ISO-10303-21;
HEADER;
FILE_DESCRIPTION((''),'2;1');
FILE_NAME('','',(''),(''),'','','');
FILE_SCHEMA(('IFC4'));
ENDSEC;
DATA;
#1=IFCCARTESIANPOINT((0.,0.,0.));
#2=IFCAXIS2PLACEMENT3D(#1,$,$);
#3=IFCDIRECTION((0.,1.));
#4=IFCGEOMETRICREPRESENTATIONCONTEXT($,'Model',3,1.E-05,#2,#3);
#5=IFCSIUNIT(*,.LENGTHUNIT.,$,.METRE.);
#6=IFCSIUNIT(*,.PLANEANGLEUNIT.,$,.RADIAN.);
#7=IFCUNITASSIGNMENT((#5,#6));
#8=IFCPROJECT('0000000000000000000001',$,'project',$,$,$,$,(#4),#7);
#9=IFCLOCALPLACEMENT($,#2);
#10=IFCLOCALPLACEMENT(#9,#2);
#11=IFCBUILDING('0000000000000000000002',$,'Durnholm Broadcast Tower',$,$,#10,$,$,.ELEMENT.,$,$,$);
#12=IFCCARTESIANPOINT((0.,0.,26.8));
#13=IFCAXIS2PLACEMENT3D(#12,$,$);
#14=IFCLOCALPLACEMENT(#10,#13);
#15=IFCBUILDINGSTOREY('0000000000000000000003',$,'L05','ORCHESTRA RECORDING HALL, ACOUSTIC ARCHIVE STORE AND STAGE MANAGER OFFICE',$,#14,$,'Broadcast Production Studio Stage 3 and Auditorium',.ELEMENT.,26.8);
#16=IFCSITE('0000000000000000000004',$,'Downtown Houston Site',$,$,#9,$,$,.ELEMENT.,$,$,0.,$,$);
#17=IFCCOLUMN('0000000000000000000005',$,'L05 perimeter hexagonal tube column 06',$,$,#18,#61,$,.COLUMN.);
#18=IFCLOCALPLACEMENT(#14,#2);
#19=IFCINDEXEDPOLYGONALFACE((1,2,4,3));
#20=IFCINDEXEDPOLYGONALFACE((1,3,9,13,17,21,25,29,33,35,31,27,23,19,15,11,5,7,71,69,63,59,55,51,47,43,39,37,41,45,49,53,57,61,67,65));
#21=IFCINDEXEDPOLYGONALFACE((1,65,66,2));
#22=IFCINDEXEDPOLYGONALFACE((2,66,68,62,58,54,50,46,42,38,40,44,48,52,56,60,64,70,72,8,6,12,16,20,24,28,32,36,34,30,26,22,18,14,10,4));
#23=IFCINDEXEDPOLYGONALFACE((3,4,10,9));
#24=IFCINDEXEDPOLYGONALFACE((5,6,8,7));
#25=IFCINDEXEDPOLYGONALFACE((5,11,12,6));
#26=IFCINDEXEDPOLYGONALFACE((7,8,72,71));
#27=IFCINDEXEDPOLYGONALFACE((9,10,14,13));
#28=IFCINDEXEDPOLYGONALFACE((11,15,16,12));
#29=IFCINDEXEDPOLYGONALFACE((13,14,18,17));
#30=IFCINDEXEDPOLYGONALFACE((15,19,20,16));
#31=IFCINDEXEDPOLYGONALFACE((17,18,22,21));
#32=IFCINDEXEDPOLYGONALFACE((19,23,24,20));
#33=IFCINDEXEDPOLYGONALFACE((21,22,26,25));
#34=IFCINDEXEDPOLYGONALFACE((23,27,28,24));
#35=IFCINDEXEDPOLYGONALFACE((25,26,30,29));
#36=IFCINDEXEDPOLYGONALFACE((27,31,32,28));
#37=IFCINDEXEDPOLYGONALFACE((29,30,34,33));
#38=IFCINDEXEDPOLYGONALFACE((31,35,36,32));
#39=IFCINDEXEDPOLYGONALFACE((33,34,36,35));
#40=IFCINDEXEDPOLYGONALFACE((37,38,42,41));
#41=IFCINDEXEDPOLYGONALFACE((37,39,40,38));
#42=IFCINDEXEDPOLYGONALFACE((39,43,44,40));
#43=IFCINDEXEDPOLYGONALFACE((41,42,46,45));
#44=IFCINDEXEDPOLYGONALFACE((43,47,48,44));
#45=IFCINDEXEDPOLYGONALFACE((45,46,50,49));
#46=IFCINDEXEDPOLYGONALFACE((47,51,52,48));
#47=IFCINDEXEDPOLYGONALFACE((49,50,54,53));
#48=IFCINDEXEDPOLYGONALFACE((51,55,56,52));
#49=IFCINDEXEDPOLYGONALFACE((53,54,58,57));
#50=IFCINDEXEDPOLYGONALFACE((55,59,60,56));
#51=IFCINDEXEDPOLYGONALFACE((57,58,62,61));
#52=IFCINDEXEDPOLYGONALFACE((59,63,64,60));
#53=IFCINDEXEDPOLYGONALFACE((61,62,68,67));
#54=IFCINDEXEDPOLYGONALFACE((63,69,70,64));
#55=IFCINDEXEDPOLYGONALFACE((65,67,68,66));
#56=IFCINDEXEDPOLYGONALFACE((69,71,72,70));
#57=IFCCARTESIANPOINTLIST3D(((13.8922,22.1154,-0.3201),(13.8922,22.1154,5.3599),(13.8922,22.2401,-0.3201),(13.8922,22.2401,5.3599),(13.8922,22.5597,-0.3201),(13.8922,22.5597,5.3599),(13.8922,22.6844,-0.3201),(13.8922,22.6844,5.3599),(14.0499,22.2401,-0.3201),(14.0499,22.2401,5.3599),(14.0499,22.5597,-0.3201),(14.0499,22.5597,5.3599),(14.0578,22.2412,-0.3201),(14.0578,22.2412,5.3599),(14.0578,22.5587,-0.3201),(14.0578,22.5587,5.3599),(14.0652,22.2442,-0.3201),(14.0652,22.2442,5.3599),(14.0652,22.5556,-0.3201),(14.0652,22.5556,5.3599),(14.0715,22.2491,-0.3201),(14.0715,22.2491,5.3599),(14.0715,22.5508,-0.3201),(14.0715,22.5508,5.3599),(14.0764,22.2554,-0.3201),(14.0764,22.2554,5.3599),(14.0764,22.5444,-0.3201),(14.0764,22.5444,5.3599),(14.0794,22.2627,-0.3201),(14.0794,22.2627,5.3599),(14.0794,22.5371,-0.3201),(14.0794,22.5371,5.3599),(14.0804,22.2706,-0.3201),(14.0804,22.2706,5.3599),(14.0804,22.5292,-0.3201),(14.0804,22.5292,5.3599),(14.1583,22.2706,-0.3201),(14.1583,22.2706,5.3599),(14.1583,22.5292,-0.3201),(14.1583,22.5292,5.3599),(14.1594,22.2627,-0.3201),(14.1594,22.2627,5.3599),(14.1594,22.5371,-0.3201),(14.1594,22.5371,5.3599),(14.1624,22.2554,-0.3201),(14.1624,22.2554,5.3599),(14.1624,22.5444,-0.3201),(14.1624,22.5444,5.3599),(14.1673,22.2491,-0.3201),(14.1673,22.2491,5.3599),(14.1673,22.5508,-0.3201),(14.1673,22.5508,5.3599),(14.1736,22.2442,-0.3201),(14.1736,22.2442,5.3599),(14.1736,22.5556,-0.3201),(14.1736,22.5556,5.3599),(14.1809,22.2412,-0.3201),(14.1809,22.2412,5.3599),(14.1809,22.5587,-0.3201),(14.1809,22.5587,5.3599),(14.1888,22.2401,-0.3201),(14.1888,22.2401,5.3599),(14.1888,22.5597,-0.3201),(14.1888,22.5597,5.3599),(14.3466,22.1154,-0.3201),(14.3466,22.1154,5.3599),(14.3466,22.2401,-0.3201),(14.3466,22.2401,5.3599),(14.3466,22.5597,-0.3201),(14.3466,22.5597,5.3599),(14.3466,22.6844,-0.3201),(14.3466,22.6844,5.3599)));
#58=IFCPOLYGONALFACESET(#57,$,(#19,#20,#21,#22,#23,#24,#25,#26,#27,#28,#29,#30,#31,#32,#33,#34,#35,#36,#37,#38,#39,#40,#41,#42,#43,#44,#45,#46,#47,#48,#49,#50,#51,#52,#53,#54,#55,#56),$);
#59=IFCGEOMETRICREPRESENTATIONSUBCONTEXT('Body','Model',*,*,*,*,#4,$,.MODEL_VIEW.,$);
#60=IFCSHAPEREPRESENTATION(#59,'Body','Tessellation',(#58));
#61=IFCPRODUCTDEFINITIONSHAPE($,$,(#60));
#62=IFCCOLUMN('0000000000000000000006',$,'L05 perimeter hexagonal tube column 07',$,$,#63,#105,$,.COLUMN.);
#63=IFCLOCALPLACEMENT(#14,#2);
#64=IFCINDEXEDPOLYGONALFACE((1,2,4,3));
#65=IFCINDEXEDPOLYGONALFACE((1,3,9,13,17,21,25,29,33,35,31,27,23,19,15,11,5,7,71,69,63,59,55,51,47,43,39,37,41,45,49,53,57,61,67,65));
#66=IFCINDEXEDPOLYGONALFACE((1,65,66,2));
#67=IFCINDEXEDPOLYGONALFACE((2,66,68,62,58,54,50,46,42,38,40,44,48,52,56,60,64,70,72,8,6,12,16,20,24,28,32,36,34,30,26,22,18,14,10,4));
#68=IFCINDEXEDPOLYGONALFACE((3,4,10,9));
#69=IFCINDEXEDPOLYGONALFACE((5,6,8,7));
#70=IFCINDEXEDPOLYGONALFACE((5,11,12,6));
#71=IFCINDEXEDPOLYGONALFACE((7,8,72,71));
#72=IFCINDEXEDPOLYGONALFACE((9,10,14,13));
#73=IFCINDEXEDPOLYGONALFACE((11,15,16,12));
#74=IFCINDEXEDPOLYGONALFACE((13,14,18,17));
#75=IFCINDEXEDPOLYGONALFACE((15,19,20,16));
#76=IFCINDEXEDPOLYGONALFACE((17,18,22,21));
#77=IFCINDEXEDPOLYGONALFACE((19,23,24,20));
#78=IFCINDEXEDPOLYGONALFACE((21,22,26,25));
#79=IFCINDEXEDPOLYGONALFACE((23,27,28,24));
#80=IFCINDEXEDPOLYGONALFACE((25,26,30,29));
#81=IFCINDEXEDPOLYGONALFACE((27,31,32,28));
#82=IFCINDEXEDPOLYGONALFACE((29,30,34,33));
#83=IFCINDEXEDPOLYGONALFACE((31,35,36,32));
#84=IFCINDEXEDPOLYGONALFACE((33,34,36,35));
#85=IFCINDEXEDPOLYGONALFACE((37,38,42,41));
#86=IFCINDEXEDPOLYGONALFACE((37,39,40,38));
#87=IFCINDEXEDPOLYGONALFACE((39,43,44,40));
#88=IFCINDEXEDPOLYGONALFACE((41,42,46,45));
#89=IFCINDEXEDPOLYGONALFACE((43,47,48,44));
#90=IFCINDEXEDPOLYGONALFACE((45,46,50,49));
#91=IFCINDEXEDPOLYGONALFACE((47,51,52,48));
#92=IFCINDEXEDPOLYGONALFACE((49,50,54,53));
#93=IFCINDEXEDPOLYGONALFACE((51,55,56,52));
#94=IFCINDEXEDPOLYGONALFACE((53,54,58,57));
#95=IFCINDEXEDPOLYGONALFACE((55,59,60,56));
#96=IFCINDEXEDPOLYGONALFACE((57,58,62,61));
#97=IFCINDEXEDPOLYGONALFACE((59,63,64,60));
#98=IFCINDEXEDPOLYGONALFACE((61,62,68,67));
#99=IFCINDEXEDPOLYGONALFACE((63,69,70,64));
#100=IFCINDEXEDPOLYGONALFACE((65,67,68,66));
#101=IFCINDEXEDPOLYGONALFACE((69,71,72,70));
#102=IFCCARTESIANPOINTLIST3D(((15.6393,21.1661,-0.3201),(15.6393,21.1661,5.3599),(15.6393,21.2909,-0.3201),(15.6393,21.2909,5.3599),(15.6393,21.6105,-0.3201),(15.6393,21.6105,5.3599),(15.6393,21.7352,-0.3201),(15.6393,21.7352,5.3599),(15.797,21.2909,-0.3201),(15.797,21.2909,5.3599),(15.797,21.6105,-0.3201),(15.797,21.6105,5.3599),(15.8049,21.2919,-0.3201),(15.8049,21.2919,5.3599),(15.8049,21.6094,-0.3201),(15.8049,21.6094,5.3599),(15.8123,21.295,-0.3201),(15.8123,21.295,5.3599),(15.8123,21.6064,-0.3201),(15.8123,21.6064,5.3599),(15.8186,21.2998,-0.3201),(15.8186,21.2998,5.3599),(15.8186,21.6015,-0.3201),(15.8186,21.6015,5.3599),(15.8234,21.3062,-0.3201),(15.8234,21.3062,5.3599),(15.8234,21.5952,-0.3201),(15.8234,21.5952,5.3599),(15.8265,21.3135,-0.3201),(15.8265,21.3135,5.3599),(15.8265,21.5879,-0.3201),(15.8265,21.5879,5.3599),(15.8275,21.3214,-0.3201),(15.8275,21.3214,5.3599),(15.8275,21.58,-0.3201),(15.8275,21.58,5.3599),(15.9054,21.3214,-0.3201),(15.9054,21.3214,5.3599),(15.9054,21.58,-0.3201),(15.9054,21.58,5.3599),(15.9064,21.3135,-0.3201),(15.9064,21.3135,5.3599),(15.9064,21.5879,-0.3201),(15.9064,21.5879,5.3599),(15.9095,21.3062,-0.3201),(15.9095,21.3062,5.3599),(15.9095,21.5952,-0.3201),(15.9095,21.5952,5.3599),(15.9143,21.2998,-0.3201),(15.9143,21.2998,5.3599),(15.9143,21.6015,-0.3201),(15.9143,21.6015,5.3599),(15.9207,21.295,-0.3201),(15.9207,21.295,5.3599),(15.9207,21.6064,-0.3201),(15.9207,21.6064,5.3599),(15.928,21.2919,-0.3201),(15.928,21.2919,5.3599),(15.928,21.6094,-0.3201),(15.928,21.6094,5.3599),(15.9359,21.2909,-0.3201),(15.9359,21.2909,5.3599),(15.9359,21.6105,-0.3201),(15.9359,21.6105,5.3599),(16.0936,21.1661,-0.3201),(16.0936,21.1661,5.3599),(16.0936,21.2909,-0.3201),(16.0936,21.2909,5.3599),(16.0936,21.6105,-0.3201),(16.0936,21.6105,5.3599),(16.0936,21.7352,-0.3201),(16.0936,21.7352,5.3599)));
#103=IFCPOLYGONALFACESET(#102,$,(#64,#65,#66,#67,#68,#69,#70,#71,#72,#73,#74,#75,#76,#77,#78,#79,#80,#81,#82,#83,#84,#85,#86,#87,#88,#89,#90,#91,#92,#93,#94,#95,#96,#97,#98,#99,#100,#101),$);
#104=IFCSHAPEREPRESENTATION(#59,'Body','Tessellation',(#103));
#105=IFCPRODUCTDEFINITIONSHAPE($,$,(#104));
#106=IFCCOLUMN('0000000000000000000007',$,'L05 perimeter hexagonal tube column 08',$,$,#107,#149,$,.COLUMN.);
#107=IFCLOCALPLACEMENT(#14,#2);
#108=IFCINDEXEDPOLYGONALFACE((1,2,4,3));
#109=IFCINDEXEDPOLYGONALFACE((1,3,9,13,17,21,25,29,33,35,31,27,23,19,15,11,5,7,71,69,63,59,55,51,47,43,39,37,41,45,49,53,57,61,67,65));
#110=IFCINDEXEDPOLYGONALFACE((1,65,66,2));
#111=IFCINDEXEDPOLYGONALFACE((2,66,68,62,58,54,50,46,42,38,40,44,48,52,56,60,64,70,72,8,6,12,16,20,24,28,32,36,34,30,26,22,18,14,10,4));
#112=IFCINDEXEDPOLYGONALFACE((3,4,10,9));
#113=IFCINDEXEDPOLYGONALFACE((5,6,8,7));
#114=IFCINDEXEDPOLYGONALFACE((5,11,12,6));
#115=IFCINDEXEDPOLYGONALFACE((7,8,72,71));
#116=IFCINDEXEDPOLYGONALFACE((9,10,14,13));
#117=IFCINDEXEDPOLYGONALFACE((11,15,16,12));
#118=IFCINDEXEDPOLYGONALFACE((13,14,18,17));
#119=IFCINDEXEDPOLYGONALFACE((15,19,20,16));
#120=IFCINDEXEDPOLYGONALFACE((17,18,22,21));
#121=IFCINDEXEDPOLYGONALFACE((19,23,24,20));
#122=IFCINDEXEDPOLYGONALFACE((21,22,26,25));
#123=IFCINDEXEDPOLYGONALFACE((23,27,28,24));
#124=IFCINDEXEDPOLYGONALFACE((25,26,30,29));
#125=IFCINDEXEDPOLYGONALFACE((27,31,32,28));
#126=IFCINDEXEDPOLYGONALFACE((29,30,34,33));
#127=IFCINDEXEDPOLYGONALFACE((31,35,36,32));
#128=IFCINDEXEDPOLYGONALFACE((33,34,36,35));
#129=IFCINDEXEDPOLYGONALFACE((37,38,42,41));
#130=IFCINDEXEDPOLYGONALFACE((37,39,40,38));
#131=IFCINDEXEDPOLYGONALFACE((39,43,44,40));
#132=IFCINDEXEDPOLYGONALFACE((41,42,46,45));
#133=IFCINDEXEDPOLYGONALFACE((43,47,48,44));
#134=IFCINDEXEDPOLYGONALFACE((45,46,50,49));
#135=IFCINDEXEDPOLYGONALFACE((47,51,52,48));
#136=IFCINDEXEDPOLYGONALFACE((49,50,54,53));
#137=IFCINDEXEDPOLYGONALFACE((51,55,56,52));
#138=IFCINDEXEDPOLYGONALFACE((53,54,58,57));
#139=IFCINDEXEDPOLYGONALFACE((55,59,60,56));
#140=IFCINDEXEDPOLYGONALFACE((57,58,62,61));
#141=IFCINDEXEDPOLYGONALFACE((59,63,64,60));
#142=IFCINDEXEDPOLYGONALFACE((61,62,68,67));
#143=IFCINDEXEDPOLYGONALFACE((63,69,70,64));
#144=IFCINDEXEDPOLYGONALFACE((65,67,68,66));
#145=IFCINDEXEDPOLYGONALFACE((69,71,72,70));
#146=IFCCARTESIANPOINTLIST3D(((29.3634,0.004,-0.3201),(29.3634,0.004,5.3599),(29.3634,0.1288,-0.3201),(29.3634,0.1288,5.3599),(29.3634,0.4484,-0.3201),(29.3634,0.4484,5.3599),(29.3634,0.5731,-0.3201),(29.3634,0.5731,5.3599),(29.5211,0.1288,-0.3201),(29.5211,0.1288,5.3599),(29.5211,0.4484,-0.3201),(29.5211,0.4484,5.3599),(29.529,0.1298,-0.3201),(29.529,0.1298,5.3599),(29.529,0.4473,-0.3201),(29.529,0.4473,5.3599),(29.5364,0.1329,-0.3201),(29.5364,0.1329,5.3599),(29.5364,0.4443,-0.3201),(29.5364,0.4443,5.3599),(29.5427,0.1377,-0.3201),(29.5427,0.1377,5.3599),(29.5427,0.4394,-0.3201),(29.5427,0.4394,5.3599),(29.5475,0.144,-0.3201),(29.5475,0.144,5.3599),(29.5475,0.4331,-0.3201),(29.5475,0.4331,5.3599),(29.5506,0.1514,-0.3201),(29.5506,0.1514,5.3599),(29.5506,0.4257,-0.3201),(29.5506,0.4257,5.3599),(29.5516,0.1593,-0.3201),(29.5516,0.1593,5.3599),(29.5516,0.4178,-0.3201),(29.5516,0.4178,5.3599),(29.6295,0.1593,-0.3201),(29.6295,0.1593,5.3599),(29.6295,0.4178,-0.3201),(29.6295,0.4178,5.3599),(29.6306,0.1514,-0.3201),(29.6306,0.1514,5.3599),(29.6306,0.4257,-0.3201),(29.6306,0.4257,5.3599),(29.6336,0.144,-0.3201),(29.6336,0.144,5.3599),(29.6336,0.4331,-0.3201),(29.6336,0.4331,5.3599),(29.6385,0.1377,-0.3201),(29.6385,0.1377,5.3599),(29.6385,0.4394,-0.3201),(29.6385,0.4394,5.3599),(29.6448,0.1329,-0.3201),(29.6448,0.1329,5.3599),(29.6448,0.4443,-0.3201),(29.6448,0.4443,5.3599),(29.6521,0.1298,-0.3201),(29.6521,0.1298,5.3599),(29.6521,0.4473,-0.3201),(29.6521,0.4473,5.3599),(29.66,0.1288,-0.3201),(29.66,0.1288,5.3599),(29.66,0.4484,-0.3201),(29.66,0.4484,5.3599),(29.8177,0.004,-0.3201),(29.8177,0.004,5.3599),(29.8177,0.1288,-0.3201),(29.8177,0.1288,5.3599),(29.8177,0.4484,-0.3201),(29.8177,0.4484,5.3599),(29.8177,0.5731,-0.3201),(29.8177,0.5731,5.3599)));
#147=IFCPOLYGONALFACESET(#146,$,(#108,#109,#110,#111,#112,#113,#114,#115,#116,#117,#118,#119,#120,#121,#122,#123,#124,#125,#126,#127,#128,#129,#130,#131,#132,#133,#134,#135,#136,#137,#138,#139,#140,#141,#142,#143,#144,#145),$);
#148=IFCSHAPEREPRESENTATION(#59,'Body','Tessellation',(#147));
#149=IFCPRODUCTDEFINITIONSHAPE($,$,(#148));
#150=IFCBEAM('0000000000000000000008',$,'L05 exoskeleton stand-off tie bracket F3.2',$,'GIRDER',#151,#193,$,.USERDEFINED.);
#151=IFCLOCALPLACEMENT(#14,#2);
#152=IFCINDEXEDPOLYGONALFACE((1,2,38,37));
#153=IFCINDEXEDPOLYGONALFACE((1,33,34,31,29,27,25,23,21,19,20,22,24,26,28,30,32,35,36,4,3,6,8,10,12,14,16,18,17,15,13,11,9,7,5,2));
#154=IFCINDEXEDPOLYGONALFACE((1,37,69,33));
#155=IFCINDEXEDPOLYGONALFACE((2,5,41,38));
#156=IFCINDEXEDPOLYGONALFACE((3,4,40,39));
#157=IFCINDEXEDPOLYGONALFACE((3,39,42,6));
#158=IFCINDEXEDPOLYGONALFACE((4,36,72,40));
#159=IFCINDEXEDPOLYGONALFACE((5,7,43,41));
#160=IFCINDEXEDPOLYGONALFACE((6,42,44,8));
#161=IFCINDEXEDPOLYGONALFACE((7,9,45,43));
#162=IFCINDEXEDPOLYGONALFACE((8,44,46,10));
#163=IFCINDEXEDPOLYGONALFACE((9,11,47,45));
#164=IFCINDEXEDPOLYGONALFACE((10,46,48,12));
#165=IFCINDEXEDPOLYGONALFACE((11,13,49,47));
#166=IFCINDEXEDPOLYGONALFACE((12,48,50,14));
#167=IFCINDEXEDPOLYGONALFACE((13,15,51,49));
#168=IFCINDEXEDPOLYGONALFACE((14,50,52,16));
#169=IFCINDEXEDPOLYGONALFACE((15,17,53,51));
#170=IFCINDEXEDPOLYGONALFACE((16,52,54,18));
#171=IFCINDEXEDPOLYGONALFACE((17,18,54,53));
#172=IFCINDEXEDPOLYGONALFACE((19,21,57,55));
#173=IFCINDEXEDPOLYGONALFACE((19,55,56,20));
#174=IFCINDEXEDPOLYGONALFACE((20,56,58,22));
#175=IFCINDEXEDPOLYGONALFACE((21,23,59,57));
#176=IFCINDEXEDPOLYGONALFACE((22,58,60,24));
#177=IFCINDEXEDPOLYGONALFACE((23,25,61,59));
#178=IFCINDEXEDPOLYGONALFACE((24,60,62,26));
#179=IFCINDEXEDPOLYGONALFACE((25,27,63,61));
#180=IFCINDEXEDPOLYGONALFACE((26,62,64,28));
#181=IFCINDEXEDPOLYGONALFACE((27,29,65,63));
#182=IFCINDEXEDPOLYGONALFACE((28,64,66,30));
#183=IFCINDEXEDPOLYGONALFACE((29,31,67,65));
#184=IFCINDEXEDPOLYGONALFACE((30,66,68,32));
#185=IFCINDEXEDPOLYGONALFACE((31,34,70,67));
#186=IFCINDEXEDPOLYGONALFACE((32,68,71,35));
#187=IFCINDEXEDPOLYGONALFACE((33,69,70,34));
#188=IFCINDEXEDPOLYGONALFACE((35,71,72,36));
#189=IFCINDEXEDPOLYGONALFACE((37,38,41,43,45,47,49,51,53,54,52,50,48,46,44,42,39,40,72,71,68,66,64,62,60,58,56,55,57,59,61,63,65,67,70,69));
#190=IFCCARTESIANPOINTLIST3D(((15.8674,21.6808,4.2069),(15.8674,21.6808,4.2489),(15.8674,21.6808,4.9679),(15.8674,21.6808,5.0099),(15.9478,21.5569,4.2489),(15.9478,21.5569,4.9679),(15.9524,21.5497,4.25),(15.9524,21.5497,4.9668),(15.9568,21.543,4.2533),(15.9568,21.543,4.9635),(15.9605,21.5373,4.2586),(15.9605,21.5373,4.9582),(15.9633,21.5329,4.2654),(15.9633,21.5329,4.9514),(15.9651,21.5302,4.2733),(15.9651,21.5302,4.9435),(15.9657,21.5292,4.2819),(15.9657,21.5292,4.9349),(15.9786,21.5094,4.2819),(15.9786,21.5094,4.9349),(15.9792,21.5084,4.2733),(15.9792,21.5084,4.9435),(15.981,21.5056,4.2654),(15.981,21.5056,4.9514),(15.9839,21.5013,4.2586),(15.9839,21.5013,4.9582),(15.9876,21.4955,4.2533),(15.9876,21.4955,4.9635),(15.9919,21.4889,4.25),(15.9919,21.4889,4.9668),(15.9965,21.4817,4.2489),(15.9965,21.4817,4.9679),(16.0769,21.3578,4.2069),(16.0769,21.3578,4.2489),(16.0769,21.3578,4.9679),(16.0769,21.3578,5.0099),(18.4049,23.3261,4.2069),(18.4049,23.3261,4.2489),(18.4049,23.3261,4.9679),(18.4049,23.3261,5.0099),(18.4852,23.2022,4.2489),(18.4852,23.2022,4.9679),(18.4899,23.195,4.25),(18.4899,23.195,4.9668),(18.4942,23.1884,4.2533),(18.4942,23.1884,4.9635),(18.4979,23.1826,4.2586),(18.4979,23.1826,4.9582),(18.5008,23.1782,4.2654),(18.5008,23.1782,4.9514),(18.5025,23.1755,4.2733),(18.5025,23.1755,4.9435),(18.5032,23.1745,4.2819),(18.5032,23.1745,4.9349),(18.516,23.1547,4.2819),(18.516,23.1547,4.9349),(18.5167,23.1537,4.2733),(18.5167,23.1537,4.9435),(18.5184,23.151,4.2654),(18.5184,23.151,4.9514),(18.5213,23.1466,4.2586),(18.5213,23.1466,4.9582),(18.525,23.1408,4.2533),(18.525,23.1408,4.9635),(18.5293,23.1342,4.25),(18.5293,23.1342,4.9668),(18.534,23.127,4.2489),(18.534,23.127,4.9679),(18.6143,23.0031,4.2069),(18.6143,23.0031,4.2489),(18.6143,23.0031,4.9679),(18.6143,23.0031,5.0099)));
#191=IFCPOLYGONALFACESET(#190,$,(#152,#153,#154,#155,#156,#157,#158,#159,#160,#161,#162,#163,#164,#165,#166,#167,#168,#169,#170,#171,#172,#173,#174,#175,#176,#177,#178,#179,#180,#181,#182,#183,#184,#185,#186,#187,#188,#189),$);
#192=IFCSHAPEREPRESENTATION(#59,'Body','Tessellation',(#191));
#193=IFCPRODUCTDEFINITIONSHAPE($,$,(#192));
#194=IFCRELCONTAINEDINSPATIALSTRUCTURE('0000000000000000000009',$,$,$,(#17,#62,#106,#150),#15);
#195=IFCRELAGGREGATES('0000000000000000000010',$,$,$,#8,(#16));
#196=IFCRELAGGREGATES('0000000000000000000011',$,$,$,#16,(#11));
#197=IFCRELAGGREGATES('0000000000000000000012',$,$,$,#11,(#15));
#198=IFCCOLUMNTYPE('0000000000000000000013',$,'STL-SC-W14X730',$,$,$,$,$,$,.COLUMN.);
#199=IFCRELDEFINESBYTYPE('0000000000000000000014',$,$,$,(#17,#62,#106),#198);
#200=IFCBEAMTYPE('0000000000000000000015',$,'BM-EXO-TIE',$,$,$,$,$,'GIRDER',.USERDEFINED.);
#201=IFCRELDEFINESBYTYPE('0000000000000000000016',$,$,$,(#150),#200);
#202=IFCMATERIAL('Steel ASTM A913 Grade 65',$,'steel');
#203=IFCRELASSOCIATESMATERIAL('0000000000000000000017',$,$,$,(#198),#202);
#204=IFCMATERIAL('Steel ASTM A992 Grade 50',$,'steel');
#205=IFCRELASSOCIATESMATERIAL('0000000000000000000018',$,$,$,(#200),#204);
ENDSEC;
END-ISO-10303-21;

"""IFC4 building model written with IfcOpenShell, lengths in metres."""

from ifc_helpers import new_model, si_unit, direction, frame, origin, origin_2d, place, context, subcontext, project, spatial, i_section, extrude, source, transform, mapped, material, material_profile, profile_set, type_object, type_shapes, element, save


model = new_model("IFC4")

# Units and contexts
model_context = context("Model", 3, precision=1e-05, world=origin(), true_north=direction((0.0, 1.0)))
body_context = subcontext(model_context, "Body", "Model", "MODEL_VIEW")
ifc_project = project(units=[si_unit("LENGTHUNIT", "METRE"), si_unit("PLANEANGLEUNIT", "RADIAN")], contexts=[model_context])

# Site, building, storey
site_placement = place(None, origin())
site = spatial("IfcSite", under=ifc_project, at=site_placement, Name="Downtown Houston Site", CompositionType="ELEMENT", RefElevation=0.0)
building_placement = place(site_placement, origin())
building = spatial("IfcBuilding", under=site, at=building_placement, Name="Durnholm Broadcast Tower", CompositionType="ELEMENT")
storey_placement = place(building_placement, frame((0.0, 0.0, 26.8)))
storey = spatial("IfcBuildingStorey", under=building, at=storey_placement, Name="L05", Description="ORCHESTRA RECORDING HALL, ACOUSTIC ARCHIVE STORE AND STAGE MANAGER OFFICE", LongName="Broadcast Production Studio Stage 3 and Auditorium", CompositionType="ELEMENT", Elevation=26.8)

# Columns
ifc_material_1 = material(Name="Steel ASTM A913 Grade 65", Category="steel")
ifc_material_profile_1 = material_profile(ifc_material_1, i_section(OverallWidth=0.4543, OverallDepth=0.5691, WebThickness=0.0779, FlangeThickness=0.1248, FilletRadius=0.0305, at=origin_2d()), Name="W14X730")
ifc_profile_set_1 = profile_set([ifc_material_profile_1], Name="Steel ASTM A913 Grade 65")
column_type = type_object("IfcColumnType", Name="STL-SC-W14X730", PredefinedType="COLUMN", material=ifc_profile_set_1)
shared_shape_1 = source(origin(), body_context, "Body", "SweptSolid", [
    extrude(i_section(OverallWidth=0.4543, OverallDepth=0.5691, WebThickness=0.0779, FlangeThickness=0.1248, FilletRadius=0.0305, at=origin_2d()), origin(), (0.0, 0.0, 1.0), 5.6799),
])
type_shapes(column_type, [shared_shape_1])
for number, where, z_axis, x_axis, name in (
    (1, (14.1194, 22.3999, -0.3201), (0.0, 0.0, 1.0), (1.0, 0.0, 0.0), "L05 perimeter hexagonal tube column 06"),
    (2, (15.8665, 21.4507, -0.3201), (0.0, 0.0, 1.0), (1.0, 0.0, 0.0), "L05 perimeter hexagonal tube column 07"),
    (3, (29.5906, 0.2886, -0.3201), (0.0, 0.0, 1.0), (1.0, 0.0, 0.0), "L05 perimeter hexagonal tube column 08"),
):
    element("IfcColumn", number, at=place(storey_placement, frame(where, z_axis=z_axis, x_axis=x_axis)), inside=storey, type_object=column_type, Name=name, PredefinedType="COLUMN", context=body_context, shape_type="MappedRepresentation", body=[
        mapped(shared_shape_1, transform((0.0, 0.0, 0.0), x_axis=(1.0, 0.0, 0.0), y_axis=(0.0, 1.0, 0.0), z_axis=(0.0, 0.0, 1.0), scale=1.0)),
    ])

# Beam
ifc_material_2 = material(Name="Steel ASTM A992 Grade 50", Category="steel")
ifc_material_profile_2 = material_profile(ifc_material_2, i_section(OverallWidth=0.385, OverallDepth=0.803, WebThickness=0.0237, FlangeThickness=0.042, FilletRadius=0.033, at=origin_2d()), Name="W30X261")
ifc_profile_set_2 = profile_set([ifc_material_profile_2], Name="Steel ASTM A992 Grade 50")
beam_type_1 = type_object("IfcBeamType", Name="BM-EXO-TIE", ElementType="GIRDER", PredefinedType="USERDEFINED", material=ifc_profile_set_2)
shared_shape_2 = source(origin(), body_context, "Body", "SweptSolid", [
    extrude(i_section(OverallWidth=0.385, OverallDepth=0.803, WebThickness=0.0237, FlangeThickness=0.042, FilletRadius=0.033, at=origin_2d()), origin(), (0.0, 0.0, 1.0), 3.0242),
])
for number, where, z_axis, x_axis, name in (
    (4, (15.9722, 21.5193, 4.6084), (0.83905, 0.544054, 0.0), (-0.544054, 0.83905, 0.0), "L05 exoskeleton stand-off tie bracket F3.2"),
):
    element("IfcBeam", number, at=place(storey_placement, frame(where, z_axis=z_axis, x_axis=x_axis)), inside=storey, type_object=beam_type_1, Name=name, ObjectType="GIRDER", PredefinedType="USERDEFINED", context=body_context, shape_type="MappedRepresentation", body=[
        mapped(shared_shape_2, transform((0.0, 0.0, 0.0), x_axis=(1.0, 0.0, 0.0), y_axis=(0.0, 1.0, 0.0), z_axis=(0.0, 0.0, 1.0), scale=1.0)),
    ])

save(model, "model.ifc")
